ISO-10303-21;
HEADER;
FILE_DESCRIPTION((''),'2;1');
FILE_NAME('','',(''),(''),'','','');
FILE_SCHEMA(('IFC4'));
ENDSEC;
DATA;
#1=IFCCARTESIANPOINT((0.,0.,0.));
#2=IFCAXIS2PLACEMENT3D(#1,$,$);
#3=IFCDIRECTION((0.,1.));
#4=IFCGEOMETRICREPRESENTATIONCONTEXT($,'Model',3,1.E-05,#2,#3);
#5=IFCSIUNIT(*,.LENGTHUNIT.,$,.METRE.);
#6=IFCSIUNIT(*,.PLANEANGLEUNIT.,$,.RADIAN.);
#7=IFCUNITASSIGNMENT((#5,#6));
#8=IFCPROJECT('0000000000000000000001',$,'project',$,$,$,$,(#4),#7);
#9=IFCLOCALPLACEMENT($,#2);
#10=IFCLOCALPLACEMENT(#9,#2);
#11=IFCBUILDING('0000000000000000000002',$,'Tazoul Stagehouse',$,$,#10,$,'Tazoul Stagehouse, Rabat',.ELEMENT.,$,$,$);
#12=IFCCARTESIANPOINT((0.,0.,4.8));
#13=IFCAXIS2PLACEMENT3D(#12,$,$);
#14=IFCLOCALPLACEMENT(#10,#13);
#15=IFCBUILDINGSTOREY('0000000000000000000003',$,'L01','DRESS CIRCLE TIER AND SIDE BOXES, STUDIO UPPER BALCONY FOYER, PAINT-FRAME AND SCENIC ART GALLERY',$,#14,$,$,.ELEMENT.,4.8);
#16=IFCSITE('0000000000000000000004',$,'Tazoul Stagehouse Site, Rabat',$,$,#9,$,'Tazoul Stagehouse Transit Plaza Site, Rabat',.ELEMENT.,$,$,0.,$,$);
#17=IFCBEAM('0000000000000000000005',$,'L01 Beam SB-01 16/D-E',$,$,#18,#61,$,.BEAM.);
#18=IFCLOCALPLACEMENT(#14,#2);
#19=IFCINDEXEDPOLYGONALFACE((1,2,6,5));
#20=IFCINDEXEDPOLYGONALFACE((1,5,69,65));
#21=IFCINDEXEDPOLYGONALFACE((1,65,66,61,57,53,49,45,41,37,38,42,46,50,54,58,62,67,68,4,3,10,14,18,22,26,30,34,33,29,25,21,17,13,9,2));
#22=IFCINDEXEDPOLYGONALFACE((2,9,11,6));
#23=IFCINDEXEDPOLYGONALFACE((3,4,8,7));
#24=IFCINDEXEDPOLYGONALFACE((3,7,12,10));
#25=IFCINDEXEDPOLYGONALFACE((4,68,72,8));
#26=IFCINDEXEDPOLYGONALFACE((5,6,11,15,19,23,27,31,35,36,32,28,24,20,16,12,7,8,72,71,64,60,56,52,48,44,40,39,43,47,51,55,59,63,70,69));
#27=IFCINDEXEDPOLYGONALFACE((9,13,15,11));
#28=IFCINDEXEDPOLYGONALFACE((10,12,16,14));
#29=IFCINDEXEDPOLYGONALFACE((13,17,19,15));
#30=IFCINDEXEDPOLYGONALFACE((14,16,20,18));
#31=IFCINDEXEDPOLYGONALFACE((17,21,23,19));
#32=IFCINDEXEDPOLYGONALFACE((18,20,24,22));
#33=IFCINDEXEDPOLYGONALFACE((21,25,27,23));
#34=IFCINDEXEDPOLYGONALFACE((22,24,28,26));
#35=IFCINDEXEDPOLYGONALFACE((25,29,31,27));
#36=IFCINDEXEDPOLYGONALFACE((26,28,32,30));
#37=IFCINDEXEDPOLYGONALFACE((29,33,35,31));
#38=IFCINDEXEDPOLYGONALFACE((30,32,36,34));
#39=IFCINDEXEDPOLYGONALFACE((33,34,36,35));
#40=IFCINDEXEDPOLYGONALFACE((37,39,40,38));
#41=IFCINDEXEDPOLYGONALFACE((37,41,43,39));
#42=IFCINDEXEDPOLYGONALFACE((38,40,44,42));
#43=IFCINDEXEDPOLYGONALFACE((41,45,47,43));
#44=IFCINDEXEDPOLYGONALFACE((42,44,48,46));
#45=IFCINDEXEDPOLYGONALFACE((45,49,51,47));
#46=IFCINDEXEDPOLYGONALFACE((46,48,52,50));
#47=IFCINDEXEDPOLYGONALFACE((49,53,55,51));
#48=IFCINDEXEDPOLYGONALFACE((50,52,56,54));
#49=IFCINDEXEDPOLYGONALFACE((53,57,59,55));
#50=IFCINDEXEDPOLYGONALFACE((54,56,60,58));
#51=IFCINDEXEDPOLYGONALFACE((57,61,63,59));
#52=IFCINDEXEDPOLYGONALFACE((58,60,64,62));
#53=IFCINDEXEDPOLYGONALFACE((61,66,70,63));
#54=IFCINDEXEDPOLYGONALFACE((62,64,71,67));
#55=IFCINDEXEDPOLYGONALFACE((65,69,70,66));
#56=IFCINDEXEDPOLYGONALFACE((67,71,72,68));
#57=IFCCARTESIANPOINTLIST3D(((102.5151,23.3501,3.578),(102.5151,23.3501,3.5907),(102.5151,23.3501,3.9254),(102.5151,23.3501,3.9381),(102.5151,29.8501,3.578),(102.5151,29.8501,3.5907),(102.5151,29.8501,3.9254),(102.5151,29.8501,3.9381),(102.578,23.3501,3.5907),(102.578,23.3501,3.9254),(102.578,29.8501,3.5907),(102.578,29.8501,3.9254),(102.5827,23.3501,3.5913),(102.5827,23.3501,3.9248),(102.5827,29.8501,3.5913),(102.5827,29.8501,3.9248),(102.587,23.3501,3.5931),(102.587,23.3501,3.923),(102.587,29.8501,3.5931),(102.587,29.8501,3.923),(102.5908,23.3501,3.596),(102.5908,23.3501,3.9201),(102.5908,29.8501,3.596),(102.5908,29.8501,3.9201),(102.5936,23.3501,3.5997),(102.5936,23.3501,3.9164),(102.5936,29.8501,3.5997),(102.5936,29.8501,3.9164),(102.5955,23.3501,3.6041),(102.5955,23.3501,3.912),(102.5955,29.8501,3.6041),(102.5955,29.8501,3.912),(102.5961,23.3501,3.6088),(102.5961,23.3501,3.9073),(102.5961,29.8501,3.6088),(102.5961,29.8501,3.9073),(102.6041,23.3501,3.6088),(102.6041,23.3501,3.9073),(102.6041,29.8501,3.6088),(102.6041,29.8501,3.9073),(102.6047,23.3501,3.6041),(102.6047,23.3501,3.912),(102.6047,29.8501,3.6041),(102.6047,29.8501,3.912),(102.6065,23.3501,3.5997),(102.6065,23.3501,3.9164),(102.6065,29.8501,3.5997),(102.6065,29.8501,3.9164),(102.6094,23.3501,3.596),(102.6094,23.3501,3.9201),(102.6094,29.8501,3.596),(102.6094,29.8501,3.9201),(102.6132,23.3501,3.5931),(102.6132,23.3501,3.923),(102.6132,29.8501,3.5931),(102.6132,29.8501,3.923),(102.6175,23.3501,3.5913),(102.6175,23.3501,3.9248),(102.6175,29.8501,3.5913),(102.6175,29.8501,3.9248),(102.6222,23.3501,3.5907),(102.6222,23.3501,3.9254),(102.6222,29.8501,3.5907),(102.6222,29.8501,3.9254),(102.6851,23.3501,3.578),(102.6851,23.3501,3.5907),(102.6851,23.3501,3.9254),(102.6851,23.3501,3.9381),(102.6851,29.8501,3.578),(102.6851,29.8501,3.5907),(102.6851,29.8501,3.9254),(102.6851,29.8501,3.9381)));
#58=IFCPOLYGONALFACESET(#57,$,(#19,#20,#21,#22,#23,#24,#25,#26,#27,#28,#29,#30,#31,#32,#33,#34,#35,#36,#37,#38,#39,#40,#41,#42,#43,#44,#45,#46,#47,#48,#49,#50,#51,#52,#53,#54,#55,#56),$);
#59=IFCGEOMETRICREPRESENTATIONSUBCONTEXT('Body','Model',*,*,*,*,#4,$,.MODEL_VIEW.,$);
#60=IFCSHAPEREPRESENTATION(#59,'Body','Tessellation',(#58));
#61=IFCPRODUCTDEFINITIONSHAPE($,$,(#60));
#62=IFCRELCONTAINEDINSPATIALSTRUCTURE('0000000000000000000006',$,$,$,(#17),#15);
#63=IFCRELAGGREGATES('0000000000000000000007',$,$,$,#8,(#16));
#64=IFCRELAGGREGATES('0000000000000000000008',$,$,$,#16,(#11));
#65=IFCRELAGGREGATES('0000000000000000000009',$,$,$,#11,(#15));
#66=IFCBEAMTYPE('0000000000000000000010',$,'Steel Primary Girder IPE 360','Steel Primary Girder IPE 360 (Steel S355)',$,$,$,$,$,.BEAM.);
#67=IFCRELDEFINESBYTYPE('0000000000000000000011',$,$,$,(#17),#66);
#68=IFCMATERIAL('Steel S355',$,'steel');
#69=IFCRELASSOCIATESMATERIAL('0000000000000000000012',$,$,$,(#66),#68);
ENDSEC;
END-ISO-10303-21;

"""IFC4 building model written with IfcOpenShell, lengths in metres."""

from ifc_helpers import new_model, si_unit, direction, frame, origin, origin_2d, place, context, subcontext, project, spatial, i_section, extrude, material, material_profile, profile_set, type_object, element, save


model = new_model("IFC4")

# Units and contexts
model_context = context("Model", 3, precision=1e-05, world=origin(), true_north=direction((0.0, 1.0)))
body_context = subcontext(model_context, "Body", "Model", "MODEL_VIEW")
ifc_project = project(units=[si_unit("LENGTHUNIT", "METRE"), si_unit("PLANEANGLEUNIT", "RADIAN")], contexts=[model_context])

# Site, building, storey
site_placement = place(None, origin())
site = spatial("IfcSite", under=ifc_project, at=site_placement, Name="Tazoul Stagehouse Site, Rabat", LongName="Tazoul Stagehouse Transit Plaza Site, Rabat", CompositionType="ELEMENT", RefElevation=0.0)
building_placement = place(site_placement, origin())
building = spatial("IfcBuilding", under=site, at=building_placement, Name="Tazoul Stagehouse", LongName="Tazoul Stagehouse, Rabat", CompositionType="ELEMENT")
storey_placement = place(building_placement, frame((0.0, 0.0, 4.8)))
storey = spatial("IfcBuildingStorey", under=building, at=storey_placement, Name="L01", Description="DRESS CIRCLE TIER AND SIDE BOXES, STUDIO UPPER BALCONY FOYER, PAINT-FRAME AND SCENIC ART GALLERY", CompositionType="ELEMENT", Elevation=4.8)

# Beam
ifc_material_1 = material(Name="Steel S355", Category="steel")
ifc_material_profile_1 = material_profile(ifc_material_1, i_section(OverallWidth=0.1699, OverallDepth=0.3601, WebThickness=0.0081, FlangeThickness=0.0127, FilletRadius=0.0181, at=origin_2d()), Name="IPE 360")
ifc_profile_set_1 = profile_set([ifc_material_profile_1], Name="Steel S355")
beam_type_1 = type_object("IfcBeamType", Name="Steel Primary Girder IPE 360", Description="Steel Primary Girder IPE 360 (Steel S355)", PredefinedType="BEAM", material=ifc_profile_set_1)
beam_1_placement = place(storey_placement, frame((102.6001, 23.3501, 3.7581), z_axis=(0.0, 1.0, 0.0), x_axis=(-1.0, 0.0, 0.0)))
element("IfcBeam", 1, at=beam_1_placement, inside=storey, type_object=beam_type_1, Name="L01 Beam SB-01 16/D-E", PredefinedType="BEAM", context=body_context, shape_type="SweptSolid", body=[
    extrude(i_section(OverallWidth=0.1699, OverallDepth=0.3601, WebThickness=0.0081, FlangeThickness=0.0127, FilletRadius=0.0181, at=origin_2d()), origin(), (0.0, 0.0, 1.0), 6.5),
])

save(model, "model.ifc")
